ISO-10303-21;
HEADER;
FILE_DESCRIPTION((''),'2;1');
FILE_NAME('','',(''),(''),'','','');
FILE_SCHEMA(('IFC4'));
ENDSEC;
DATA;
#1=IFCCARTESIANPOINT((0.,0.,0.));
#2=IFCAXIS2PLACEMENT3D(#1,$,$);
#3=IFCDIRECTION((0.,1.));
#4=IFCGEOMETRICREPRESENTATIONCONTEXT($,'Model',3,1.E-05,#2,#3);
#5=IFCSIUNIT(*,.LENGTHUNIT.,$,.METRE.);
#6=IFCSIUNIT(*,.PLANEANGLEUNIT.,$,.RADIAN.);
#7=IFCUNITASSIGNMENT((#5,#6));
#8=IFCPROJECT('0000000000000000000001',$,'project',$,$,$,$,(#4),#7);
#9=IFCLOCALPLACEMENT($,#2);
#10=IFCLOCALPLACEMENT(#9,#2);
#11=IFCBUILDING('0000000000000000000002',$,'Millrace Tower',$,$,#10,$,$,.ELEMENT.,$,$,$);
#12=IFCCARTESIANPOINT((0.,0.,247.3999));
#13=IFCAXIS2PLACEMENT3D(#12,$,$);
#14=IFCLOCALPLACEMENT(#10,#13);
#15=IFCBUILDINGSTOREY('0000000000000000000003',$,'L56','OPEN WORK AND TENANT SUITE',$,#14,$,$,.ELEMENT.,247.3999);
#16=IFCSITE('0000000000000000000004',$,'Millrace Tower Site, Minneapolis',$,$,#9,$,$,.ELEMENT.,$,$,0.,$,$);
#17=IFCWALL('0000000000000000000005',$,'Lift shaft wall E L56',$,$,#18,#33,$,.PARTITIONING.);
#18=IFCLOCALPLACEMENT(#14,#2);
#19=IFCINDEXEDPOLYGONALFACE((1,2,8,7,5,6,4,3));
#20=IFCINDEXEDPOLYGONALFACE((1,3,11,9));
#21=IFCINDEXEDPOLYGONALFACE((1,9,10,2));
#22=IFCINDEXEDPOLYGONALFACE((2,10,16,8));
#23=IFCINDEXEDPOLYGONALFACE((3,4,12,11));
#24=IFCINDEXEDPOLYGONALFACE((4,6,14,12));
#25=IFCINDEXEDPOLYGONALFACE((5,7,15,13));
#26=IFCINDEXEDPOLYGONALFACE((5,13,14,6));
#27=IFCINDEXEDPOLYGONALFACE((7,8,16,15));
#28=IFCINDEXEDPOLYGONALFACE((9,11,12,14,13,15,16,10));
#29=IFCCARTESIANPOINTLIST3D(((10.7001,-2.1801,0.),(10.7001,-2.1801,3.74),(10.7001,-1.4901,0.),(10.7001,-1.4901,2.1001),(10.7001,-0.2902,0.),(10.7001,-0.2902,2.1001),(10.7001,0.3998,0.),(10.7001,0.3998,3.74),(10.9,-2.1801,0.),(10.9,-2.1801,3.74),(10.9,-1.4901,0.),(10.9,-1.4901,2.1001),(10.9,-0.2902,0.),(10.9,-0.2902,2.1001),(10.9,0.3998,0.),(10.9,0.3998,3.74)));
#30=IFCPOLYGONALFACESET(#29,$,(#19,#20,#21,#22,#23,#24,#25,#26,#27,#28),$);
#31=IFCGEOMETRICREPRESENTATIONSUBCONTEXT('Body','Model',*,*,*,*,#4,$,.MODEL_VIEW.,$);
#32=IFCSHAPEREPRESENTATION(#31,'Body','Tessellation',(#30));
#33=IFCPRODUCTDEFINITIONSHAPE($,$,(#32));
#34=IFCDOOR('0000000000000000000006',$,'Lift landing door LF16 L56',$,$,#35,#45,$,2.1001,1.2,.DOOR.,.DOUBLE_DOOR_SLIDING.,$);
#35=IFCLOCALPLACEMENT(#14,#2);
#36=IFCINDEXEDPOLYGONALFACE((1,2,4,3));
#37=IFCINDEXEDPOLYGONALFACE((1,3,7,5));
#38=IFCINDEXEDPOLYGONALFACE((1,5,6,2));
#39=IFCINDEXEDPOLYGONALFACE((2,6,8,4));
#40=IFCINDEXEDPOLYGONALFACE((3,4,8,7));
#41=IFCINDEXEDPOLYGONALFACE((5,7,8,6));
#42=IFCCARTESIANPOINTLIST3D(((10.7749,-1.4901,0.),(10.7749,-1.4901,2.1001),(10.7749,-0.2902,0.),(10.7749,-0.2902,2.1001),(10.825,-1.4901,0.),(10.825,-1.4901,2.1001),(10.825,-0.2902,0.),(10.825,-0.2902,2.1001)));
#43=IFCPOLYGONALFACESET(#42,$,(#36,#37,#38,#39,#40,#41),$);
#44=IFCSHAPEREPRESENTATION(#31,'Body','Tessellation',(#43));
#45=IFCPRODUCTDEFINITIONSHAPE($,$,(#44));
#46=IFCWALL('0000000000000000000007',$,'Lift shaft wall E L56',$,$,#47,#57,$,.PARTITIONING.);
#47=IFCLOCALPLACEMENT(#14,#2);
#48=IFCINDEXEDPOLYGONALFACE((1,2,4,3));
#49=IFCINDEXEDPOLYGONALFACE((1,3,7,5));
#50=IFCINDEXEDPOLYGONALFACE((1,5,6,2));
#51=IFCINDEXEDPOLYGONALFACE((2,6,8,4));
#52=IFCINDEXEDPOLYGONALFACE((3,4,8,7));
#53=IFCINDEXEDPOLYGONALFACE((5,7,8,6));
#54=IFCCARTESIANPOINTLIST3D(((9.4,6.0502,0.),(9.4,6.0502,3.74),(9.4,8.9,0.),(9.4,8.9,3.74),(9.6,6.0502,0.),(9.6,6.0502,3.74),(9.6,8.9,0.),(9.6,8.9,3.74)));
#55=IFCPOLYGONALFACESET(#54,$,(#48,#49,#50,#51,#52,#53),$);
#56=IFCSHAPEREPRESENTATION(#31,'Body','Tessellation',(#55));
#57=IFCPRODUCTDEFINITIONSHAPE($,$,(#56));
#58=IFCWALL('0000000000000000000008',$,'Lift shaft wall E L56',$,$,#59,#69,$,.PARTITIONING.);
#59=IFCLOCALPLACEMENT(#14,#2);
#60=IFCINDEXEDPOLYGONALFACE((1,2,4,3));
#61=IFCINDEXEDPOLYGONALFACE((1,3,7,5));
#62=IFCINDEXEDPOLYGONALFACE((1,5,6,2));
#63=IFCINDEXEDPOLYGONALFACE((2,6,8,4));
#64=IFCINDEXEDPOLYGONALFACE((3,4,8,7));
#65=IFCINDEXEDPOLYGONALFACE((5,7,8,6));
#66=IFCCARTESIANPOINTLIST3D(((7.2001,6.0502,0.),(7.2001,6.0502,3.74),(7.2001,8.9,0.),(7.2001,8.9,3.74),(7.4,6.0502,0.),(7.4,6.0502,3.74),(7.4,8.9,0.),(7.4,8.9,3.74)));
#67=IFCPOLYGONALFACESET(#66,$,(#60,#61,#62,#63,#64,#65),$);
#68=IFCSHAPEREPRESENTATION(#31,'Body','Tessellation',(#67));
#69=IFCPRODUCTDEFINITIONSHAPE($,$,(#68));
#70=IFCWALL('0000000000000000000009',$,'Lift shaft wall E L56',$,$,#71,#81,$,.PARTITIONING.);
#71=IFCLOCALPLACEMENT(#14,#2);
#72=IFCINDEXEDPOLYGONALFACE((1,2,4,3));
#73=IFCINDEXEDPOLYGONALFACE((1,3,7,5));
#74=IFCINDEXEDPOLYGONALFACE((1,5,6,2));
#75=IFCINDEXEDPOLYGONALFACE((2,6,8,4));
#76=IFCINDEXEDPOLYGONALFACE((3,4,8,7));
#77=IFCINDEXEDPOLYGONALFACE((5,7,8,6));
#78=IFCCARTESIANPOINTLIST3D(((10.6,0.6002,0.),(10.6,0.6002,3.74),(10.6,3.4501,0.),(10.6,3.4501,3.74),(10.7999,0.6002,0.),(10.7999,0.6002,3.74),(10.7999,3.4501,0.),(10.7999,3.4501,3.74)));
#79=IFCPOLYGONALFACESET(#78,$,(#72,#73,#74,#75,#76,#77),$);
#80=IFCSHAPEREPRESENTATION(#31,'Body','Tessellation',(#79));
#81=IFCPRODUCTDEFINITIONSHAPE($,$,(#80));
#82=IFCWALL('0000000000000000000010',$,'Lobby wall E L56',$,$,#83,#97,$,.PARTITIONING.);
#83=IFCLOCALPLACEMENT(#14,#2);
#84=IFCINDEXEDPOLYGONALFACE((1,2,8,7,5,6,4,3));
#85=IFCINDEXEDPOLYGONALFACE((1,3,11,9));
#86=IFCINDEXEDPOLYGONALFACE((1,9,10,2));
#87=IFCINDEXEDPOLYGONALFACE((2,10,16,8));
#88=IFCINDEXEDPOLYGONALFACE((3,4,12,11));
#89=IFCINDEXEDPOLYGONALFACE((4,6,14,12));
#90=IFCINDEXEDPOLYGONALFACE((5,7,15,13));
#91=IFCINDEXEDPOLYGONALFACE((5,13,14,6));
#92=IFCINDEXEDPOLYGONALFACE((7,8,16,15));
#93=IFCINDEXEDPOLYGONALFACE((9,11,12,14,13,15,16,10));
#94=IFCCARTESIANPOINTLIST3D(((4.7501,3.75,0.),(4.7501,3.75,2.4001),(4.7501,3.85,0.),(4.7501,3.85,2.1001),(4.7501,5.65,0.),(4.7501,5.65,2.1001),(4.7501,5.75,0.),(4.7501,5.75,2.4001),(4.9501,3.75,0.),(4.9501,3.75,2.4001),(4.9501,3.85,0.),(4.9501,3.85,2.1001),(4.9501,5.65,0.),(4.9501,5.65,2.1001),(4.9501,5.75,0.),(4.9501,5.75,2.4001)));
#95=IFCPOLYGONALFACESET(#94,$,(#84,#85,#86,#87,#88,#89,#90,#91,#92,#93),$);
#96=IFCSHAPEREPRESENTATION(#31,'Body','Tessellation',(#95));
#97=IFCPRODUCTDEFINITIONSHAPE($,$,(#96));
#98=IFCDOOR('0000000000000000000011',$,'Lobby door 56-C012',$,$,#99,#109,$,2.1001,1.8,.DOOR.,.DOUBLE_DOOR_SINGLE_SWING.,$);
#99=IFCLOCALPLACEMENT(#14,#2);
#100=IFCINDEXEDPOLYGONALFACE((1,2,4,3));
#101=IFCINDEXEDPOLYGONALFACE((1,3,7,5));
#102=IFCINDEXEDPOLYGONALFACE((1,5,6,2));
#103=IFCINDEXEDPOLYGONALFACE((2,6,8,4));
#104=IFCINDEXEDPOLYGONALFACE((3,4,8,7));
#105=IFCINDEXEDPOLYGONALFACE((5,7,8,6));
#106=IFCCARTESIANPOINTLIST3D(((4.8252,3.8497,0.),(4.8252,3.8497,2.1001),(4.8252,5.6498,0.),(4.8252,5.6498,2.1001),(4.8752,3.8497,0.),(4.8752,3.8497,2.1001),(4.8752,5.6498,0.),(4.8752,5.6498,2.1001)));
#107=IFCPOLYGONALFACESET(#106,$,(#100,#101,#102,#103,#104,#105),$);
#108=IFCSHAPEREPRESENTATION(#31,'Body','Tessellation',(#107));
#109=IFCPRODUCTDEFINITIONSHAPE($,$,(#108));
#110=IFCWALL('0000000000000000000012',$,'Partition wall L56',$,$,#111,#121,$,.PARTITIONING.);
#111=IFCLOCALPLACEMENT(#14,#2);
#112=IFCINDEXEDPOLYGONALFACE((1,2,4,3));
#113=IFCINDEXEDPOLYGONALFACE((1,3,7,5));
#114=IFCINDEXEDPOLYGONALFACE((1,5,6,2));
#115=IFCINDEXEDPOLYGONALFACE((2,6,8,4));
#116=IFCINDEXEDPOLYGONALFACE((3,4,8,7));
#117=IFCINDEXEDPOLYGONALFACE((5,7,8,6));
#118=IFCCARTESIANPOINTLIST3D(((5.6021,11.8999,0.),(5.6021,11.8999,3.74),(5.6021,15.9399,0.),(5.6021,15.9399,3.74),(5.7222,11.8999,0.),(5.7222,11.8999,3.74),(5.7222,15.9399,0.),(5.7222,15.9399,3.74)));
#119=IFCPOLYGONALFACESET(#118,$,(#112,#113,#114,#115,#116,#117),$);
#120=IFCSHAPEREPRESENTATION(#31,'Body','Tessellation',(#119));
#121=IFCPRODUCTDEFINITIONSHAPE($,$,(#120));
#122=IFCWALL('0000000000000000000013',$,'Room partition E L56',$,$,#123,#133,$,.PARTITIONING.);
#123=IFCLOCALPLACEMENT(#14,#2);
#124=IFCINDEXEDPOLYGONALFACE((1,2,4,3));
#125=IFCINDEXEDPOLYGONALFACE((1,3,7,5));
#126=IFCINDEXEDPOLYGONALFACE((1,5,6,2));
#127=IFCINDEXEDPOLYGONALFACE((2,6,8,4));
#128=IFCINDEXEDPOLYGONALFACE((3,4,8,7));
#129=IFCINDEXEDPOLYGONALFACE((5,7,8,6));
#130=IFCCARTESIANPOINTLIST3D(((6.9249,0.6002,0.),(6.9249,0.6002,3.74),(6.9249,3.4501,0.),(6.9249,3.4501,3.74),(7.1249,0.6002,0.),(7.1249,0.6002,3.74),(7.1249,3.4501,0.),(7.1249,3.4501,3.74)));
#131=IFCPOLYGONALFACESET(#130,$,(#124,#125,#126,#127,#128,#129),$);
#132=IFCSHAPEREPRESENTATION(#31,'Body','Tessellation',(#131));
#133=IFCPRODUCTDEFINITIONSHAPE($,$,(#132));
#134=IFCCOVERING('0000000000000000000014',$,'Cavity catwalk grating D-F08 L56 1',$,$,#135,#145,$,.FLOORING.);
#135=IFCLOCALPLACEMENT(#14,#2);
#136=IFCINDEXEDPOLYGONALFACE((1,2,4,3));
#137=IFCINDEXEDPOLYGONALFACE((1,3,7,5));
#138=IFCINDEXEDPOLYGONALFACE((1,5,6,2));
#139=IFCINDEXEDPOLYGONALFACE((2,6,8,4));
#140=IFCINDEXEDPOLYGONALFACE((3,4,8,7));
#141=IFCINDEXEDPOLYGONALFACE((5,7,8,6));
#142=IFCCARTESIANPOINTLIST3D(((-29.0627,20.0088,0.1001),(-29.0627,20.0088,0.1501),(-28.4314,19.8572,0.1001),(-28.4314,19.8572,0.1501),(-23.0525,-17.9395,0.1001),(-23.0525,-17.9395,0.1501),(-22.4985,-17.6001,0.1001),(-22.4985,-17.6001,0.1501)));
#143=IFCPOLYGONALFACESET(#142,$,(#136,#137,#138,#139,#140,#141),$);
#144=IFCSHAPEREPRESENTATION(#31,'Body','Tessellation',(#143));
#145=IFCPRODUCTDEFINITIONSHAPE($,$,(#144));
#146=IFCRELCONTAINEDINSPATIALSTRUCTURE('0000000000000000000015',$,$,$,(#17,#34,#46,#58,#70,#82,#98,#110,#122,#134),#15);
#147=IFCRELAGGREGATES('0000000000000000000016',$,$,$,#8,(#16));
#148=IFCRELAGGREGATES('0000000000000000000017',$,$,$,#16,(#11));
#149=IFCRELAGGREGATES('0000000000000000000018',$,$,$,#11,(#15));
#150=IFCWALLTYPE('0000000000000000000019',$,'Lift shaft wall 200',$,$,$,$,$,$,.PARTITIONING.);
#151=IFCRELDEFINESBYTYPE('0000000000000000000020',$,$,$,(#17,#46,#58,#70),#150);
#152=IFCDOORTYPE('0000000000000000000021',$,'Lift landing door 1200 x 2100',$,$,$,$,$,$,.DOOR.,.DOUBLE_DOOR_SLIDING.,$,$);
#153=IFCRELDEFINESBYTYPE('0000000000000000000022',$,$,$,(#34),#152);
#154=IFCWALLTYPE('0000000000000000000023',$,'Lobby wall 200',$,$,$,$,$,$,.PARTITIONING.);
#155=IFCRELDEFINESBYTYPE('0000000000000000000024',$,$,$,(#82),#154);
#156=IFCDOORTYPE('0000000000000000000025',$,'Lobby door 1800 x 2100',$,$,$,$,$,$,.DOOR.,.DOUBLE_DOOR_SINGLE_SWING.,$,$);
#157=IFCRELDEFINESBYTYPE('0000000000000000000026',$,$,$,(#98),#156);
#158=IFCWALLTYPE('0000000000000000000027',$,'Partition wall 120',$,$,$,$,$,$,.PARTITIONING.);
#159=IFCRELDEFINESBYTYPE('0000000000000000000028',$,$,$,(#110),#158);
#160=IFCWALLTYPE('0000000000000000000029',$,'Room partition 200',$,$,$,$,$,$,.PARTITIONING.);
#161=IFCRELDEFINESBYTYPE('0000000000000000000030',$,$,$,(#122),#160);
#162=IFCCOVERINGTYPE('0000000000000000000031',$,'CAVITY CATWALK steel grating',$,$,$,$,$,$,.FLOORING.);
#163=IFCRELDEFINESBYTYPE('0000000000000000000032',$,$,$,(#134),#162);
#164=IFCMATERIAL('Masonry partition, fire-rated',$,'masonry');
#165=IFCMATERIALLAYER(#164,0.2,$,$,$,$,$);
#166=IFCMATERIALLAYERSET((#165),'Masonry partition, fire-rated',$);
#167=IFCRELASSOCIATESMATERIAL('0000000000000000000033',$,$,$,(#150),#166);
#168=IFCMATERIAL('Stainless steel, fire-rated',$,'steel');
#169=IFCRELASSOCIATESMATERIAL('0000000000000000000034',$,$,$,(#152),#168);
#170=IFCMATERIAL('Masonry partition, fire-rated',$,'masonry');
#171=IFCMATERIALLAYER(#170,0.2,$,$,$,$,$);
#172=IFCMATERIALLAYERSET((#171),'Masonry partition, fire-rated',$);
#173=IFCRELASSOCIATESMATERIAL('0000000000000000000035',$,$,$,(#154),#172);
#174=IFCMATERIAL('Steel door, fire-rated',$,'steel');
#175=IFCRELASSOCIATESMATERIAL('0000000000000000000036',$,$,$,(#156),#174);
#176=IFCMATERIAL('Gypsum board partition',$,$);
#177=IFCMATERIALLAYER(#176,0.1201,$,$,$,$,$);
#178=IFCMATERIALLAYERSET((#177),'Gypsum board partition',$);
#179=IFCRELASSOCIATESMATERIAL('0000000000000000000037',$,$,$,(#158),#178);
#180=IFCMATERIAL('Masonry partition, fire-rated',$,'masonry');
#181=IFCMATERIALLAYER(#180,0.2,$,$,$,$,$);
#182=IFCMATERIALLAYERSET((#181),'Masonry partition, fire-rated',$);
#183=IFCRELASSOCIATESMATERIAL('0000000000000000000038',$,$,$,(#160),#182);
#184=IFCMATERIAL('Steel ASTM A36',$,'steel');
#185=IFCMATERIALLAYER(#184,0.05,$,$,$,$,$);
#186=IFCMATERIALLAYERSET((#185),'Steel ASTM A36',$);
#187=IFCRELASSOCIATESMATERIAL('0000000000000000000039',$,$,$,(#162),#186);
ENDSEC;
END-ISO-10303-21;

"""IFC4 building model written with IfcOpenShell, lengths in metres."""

from ifc_helpers import new_model, si_unit, direction, frame, frame_2d, origin, place, context, subcontext, project, spatial, polyline, rectangle, outline, extrude, material, layer, layer_set, type_object, element, fill, save


model = new_model("IFC4")

# Units and contexts
model_context = context("Model", 3, precision=1e-05, world=origin(), true_north=direction((0.0, 1.0)))
body_context = subcontext(model_context, "Body", "Model", "MODEL_VIEW")
ifc_project = project(units=[si_unit("LENGTHUNIT", "METRE"), si_unit("PLANEANGLEUNIT", "RADIAN")], contexts=[model_context])

# Site, building, storey
site_placement = place(None, origin())
site = spatial("IfcSite", under=ifc_project, at=site_placement, Name="Millrace Tower Site, Minneapolis", CompositionType="ELEMENT", RefElevation=0.0)
building_placement = place(site_placement, origin())
building = spatial("IfcBuilding", under=site, at=building_placement, Name="Millrace Tower", CompositionType="ELEMENT")
storey_placement = place(building_placement, frame((0.0, 0.0, 247.3999)))
storey = spatial("IfcBuildingStorey", under=building, at=storey_placement, Name="L56", Description="OPEN WORK AND TENANT SUITE", CompositionType="ELEMENT", Elevation=247.3999)

# Wall, opening, door
ifc_material_1 = material(Name="Masonry partition, fire-rated", Category="masonry")
ifc_layer_1 = layer(ifc_material_1, 0.2)
ifc_layer_set_1 = layer_set([ifc_layer_1], Name="Masonry partition, fire-rated")
wall_type_1 = type_object("IfcWallType", Name="Lift shaft wall 200", PredefinedType="PARTITIONING", material=ifc_layer_set_1)
wall_1_placement = place(storey_placement, frame((10.8, 0.3999, 0.0), z_axis=(0.0, 0.0, 1.0), x_axis=(0.0, -1.0, 0.0)))
wall_1 = element("IfcWall", 1, at=wall_1_placement, inside=storey, type_object=wall_type_1, Name="Lift shaft wall E L56", PredefinedType="PARTITIONING", context=body_context, shape_type="SweptSolid", body=[
    extrude(rectangle(XDim=2.5798, YDim=0.2, at=frame_2d((1.29, 0.0))), origin(), (0.0, 0.0, 1.0), 3.74),
])
opening_1_placement = place(wall_1_placement, frame((0.6899, 0.0, 0.0)))
opening_1 = element("IfcOpeningElement", 2, at=opening_1_placement, cuts=wall_1, PredefinedType="OPENING", context=body_context, shape_type="SweptSolid", body=[
    extrude(rectangle(XDim=1.2, YDim=2.1001, at=frame_2d((0.6001, 1.05))), frame((0.0, 0.1099, 0.0), z_axis=(0.0, -1.0, 0.0), x_axis=(1.0, 0.0, 0.0)), (0.0, 0.0, 1.0), 0.22),
])
ifc_material_2 = material(Name="Stainless steel, fire-rated", Category="steel")
door_type_1 = type_object("IfcDoorType", Name="Lift landing door 1200 x 2100", OperationType="DOUBLE_DOOR_SLIDING", PredefinedType="DOOR", material=ifc_material_2)
door_1_placement = place(opening_1_placement, origin())
door_1 = element("IfcDoor", 3, at=door_1_placement, inside=storey, type_object=door_type_1, Name="Lift landing door LF16 L56", OperationType="DOUBLE_DOOR_SLIDING", OverallHeight=2.1001, OverallWidth=1.2, PredefinedType="DOOR", context=body_context, shape_type="SweptSolid", body=[
    extrude(rectangle(XDim=1.2, YDim=2.1001, at=frame_2d((0.6001, 1.05))), frame((0.0, 0.0249, 0.0), z_axis=(0.0, -1.0, 0.0), x_axis=(1.0, 0.0, 0.0)), (0.0, 0.0, 1.0), 0.05),
])
fill(opening_1, door_1)

# Walls
for number, where, z_axis, x_axis, name in (
    (4, (9.5, 8.8999, 0.0), (0.0, 0.0, 1.0), (0.0, -1.0, 0.0), "Lift shaft wall E L56"),
    (5, (7.3, 8.8999, 0.0), (0.0, 0.0, 1.0), (0.0, -1.0, 0.0), "Lift shaft wall E L56"),
    (6, (10.7, 3.45, 0.0), (0.0, 0.0, 1.0), (0.0, -1.0, 0.0), "Lift shaft wall E L56"),
):
    element("IfcWall", number, at=place(storey_placement, frame(where, z_axis=z_axis, x_axis=x_axis)), inside=storey, type_object=wall_type_1, Name=name, PredefinedType="PARTITIONING", context=body_context, shape_type="SweptSolid", body=[
        extrude(rectangle(XDim=2.8499, YDim=0.2, at=frame_2d((1.4248, 0.0))), origin(), (0.0, 0.0, 1.0), 3.74),
    ])

# Wall, opening, door
ifc_material_3 = material(Name="Masonry partition, fire-rated", Category="masonry")
ifc_layer_2 = layer(ifc_material_3, 0.2)
ifc_layer_set_2 = layer_set([ifc_layer_2], Name="Masonry partition, fire-rated")
wall_type_2 = type_object("IfcWallType", Name="Lobby wall 200", PredefinedType="PARTITIONING", material=ifc_layer_set_2)
wall_2_placement = place(storey_placement, frame((4.8501, 5.75, 0.0), z_axis=(0.0, 0.0, 1.0), x_axis=(0.0, -1.0, 0.0)))
wall_2 = element("IfcWall", 7, at=wall_2_placement, inside=storey, type_object=wall_type_2, Name="Lobby wall E L56", PredefinedType="PARTITIONING", context=body_context, shape_type="SweptSolid", body=[
    extrude(rectangle(XDim=2.0, YDim=0.2, at=frame_2d((1.0, 0.0))), origin(), (0.0, 0.0, 1.0), 2.4001),
])
opening_2_placement = place(wall_2_placement, frame((0.1001, 0.0, 0.0)))
opening_2 = element("IfcOpeningElement", 8, at=opening_2_placement, cuts=wall_2, PredefinedType="OPENING", context=body_context, shape_type="SweptSolid", body=[
    extrude(rectangle(XDim=1.8, YDim=2.1001, at=frame_2d((0.8999, 1.05))), frame((0.0, 0.1099, 0.0), z_axis=(0.0, -1.0, 0.0), x_axis=(1.0, 0.0, 0.0)), (0.0, 0.0, 1.0), 0.22),
])
ifc_material_4 = material(Name="Steel door, fire-rated", Category="steel")
door_type_2 = type_object("IfcDoorType", Name="Lobby door 1800 x 2100", OperationType="DOUBLE_DOOR_SINGLE_SWING", PredefinedType="DOOR", material=ifc_material_4)
door_2_placement = place(opening_2_placement, frame((1.8, 0.0, 0.0), z_axis=(0.0, 0.0, 1.0), x_axis=(-1.0, 0.0, 0.0)))
door_2 = element("IfcDoor", 9, at=door_2_placement, inside=storey, type_object=door_type_2, Name="Lobby door 56-C012", OperationType="DOUBLE_DOOR_SINGLE_SWING", OverallHeight=2.1001, OverallWidth=1.8, PredefinedType="DOOR", context=body_context, shape_type="SweptSolid", body=[
    extrude(rectangle(XDim=1.8, YDim=2.1001, at=frame_2d((0.8999, 1.05))), frame((0.0, 0.0249, 0.0), z_axis=(0.0, -1.0, 0.0), x_axis=(1.0, 0.0, 0.0)), (0.0, 0.0, 1.0), 0.05),
])
fill(opening_2, door_2)

# Walls
ifc_material_5 = material(Name="Gypsum board partition")
ifc_layer_3 = layer(ifc_material_5, 0.1201)
ifc_layer_set_3 = layer_set([ifc_layer_3], Name="Gypsum board partition")
wall_type_3 = type_object("IfcWallType", Name="Partition wall 120", PredefinedType="PARTITIONING", material=ifc_layer_set_3)
wall_3_placement = place(storey_placement, frame((5.6621, 11.8999, 0.0), z_axis=(0.0, 0.0, 1.0), x_axis=(0.0, 1.0, 0.0)))
element("IfcWall", 10, at=wall_3_placement, inside=storey, type_object=wall_type_3, Name="Partition wall L56", PredefinedType="PARTITIONING", context=body_context, shape_type="SweptSolid", body=[
    extrude(rectangle(XDim=4.04, YDim=0.1201, at=frame_2d((2.02, 0.0))), origin(), (0.0, 0.0, 1.0), 3.74),
])
ifc_material_6 = material(Name="Masonry partition, fire-rated", Category="masonry")
ifc_layer_4 = layer(ifc_material_6, 0.2)
ifc_layer_set_4 = layer_set([ifc_layer_4], Name="Masonry partition, fire-rated")
wall_type_4 = type_object("IfcWallType", Name="Room partition 200", PredefinedType="PARTITIONING", material=ifc_layer_set_4)
wall_4_placement = place(storey_placement, frame((7.0249, 3.45, 0.0), z_axis=(0.0, 0.0, 1.0), x_axis=(0.0, -1.0, 0.0)))
element("IfcWall", 11, at=wall_4_placement, inside=storey, type_object=wall_type_4, Name="Room partition E L56", PredefinedType="PARTITIONING", context=body_context, shape_type="SweptSolid", body=[
    extrude(rectangle(XDim=2.8499, YDim=0.2, at=frame_2d((1.4248, 0.0))), origin(), (0.0, 0.0, 1.0), 3.74),
])

# Covering
ifc_material_7 = material(Name="Steel ASTM A36", Category="steel")
ifc_layer_5 = layer(ifc_material_7, 0.05)
ifc_layer_set_5 = layer_set([ifc_layer_5], Name="Steel ASTM A36")
covering_type = type_object("IfcCoveringType", Name="CAVITY CATWALK steel grating", PredefinedType="FLOORING", material=ifc_layer_set_5)
covering_placement = place(storey_placement, frame((0.0, 0.0, 0.1001)))
element("IfcCovering", 12, at=covering_placement, inside=storey, type_object=covering_type, Name="Cavity catwalk grating D-F08 L56 1", PredefinedType="FLOORING", context=body_context, shape_type="SweptSolid", body=[
    extrude(outline(polyline([(-29.0627, 20.0088), (-23.0525, -17.9395), (-22.4985, -17.6001), (-28.4314, 19.8572), (-29.0627, 20.0088)])), origin(), (0.0, 0.0, 1.0), 0.05),
])

save(model, "model.ifc")
